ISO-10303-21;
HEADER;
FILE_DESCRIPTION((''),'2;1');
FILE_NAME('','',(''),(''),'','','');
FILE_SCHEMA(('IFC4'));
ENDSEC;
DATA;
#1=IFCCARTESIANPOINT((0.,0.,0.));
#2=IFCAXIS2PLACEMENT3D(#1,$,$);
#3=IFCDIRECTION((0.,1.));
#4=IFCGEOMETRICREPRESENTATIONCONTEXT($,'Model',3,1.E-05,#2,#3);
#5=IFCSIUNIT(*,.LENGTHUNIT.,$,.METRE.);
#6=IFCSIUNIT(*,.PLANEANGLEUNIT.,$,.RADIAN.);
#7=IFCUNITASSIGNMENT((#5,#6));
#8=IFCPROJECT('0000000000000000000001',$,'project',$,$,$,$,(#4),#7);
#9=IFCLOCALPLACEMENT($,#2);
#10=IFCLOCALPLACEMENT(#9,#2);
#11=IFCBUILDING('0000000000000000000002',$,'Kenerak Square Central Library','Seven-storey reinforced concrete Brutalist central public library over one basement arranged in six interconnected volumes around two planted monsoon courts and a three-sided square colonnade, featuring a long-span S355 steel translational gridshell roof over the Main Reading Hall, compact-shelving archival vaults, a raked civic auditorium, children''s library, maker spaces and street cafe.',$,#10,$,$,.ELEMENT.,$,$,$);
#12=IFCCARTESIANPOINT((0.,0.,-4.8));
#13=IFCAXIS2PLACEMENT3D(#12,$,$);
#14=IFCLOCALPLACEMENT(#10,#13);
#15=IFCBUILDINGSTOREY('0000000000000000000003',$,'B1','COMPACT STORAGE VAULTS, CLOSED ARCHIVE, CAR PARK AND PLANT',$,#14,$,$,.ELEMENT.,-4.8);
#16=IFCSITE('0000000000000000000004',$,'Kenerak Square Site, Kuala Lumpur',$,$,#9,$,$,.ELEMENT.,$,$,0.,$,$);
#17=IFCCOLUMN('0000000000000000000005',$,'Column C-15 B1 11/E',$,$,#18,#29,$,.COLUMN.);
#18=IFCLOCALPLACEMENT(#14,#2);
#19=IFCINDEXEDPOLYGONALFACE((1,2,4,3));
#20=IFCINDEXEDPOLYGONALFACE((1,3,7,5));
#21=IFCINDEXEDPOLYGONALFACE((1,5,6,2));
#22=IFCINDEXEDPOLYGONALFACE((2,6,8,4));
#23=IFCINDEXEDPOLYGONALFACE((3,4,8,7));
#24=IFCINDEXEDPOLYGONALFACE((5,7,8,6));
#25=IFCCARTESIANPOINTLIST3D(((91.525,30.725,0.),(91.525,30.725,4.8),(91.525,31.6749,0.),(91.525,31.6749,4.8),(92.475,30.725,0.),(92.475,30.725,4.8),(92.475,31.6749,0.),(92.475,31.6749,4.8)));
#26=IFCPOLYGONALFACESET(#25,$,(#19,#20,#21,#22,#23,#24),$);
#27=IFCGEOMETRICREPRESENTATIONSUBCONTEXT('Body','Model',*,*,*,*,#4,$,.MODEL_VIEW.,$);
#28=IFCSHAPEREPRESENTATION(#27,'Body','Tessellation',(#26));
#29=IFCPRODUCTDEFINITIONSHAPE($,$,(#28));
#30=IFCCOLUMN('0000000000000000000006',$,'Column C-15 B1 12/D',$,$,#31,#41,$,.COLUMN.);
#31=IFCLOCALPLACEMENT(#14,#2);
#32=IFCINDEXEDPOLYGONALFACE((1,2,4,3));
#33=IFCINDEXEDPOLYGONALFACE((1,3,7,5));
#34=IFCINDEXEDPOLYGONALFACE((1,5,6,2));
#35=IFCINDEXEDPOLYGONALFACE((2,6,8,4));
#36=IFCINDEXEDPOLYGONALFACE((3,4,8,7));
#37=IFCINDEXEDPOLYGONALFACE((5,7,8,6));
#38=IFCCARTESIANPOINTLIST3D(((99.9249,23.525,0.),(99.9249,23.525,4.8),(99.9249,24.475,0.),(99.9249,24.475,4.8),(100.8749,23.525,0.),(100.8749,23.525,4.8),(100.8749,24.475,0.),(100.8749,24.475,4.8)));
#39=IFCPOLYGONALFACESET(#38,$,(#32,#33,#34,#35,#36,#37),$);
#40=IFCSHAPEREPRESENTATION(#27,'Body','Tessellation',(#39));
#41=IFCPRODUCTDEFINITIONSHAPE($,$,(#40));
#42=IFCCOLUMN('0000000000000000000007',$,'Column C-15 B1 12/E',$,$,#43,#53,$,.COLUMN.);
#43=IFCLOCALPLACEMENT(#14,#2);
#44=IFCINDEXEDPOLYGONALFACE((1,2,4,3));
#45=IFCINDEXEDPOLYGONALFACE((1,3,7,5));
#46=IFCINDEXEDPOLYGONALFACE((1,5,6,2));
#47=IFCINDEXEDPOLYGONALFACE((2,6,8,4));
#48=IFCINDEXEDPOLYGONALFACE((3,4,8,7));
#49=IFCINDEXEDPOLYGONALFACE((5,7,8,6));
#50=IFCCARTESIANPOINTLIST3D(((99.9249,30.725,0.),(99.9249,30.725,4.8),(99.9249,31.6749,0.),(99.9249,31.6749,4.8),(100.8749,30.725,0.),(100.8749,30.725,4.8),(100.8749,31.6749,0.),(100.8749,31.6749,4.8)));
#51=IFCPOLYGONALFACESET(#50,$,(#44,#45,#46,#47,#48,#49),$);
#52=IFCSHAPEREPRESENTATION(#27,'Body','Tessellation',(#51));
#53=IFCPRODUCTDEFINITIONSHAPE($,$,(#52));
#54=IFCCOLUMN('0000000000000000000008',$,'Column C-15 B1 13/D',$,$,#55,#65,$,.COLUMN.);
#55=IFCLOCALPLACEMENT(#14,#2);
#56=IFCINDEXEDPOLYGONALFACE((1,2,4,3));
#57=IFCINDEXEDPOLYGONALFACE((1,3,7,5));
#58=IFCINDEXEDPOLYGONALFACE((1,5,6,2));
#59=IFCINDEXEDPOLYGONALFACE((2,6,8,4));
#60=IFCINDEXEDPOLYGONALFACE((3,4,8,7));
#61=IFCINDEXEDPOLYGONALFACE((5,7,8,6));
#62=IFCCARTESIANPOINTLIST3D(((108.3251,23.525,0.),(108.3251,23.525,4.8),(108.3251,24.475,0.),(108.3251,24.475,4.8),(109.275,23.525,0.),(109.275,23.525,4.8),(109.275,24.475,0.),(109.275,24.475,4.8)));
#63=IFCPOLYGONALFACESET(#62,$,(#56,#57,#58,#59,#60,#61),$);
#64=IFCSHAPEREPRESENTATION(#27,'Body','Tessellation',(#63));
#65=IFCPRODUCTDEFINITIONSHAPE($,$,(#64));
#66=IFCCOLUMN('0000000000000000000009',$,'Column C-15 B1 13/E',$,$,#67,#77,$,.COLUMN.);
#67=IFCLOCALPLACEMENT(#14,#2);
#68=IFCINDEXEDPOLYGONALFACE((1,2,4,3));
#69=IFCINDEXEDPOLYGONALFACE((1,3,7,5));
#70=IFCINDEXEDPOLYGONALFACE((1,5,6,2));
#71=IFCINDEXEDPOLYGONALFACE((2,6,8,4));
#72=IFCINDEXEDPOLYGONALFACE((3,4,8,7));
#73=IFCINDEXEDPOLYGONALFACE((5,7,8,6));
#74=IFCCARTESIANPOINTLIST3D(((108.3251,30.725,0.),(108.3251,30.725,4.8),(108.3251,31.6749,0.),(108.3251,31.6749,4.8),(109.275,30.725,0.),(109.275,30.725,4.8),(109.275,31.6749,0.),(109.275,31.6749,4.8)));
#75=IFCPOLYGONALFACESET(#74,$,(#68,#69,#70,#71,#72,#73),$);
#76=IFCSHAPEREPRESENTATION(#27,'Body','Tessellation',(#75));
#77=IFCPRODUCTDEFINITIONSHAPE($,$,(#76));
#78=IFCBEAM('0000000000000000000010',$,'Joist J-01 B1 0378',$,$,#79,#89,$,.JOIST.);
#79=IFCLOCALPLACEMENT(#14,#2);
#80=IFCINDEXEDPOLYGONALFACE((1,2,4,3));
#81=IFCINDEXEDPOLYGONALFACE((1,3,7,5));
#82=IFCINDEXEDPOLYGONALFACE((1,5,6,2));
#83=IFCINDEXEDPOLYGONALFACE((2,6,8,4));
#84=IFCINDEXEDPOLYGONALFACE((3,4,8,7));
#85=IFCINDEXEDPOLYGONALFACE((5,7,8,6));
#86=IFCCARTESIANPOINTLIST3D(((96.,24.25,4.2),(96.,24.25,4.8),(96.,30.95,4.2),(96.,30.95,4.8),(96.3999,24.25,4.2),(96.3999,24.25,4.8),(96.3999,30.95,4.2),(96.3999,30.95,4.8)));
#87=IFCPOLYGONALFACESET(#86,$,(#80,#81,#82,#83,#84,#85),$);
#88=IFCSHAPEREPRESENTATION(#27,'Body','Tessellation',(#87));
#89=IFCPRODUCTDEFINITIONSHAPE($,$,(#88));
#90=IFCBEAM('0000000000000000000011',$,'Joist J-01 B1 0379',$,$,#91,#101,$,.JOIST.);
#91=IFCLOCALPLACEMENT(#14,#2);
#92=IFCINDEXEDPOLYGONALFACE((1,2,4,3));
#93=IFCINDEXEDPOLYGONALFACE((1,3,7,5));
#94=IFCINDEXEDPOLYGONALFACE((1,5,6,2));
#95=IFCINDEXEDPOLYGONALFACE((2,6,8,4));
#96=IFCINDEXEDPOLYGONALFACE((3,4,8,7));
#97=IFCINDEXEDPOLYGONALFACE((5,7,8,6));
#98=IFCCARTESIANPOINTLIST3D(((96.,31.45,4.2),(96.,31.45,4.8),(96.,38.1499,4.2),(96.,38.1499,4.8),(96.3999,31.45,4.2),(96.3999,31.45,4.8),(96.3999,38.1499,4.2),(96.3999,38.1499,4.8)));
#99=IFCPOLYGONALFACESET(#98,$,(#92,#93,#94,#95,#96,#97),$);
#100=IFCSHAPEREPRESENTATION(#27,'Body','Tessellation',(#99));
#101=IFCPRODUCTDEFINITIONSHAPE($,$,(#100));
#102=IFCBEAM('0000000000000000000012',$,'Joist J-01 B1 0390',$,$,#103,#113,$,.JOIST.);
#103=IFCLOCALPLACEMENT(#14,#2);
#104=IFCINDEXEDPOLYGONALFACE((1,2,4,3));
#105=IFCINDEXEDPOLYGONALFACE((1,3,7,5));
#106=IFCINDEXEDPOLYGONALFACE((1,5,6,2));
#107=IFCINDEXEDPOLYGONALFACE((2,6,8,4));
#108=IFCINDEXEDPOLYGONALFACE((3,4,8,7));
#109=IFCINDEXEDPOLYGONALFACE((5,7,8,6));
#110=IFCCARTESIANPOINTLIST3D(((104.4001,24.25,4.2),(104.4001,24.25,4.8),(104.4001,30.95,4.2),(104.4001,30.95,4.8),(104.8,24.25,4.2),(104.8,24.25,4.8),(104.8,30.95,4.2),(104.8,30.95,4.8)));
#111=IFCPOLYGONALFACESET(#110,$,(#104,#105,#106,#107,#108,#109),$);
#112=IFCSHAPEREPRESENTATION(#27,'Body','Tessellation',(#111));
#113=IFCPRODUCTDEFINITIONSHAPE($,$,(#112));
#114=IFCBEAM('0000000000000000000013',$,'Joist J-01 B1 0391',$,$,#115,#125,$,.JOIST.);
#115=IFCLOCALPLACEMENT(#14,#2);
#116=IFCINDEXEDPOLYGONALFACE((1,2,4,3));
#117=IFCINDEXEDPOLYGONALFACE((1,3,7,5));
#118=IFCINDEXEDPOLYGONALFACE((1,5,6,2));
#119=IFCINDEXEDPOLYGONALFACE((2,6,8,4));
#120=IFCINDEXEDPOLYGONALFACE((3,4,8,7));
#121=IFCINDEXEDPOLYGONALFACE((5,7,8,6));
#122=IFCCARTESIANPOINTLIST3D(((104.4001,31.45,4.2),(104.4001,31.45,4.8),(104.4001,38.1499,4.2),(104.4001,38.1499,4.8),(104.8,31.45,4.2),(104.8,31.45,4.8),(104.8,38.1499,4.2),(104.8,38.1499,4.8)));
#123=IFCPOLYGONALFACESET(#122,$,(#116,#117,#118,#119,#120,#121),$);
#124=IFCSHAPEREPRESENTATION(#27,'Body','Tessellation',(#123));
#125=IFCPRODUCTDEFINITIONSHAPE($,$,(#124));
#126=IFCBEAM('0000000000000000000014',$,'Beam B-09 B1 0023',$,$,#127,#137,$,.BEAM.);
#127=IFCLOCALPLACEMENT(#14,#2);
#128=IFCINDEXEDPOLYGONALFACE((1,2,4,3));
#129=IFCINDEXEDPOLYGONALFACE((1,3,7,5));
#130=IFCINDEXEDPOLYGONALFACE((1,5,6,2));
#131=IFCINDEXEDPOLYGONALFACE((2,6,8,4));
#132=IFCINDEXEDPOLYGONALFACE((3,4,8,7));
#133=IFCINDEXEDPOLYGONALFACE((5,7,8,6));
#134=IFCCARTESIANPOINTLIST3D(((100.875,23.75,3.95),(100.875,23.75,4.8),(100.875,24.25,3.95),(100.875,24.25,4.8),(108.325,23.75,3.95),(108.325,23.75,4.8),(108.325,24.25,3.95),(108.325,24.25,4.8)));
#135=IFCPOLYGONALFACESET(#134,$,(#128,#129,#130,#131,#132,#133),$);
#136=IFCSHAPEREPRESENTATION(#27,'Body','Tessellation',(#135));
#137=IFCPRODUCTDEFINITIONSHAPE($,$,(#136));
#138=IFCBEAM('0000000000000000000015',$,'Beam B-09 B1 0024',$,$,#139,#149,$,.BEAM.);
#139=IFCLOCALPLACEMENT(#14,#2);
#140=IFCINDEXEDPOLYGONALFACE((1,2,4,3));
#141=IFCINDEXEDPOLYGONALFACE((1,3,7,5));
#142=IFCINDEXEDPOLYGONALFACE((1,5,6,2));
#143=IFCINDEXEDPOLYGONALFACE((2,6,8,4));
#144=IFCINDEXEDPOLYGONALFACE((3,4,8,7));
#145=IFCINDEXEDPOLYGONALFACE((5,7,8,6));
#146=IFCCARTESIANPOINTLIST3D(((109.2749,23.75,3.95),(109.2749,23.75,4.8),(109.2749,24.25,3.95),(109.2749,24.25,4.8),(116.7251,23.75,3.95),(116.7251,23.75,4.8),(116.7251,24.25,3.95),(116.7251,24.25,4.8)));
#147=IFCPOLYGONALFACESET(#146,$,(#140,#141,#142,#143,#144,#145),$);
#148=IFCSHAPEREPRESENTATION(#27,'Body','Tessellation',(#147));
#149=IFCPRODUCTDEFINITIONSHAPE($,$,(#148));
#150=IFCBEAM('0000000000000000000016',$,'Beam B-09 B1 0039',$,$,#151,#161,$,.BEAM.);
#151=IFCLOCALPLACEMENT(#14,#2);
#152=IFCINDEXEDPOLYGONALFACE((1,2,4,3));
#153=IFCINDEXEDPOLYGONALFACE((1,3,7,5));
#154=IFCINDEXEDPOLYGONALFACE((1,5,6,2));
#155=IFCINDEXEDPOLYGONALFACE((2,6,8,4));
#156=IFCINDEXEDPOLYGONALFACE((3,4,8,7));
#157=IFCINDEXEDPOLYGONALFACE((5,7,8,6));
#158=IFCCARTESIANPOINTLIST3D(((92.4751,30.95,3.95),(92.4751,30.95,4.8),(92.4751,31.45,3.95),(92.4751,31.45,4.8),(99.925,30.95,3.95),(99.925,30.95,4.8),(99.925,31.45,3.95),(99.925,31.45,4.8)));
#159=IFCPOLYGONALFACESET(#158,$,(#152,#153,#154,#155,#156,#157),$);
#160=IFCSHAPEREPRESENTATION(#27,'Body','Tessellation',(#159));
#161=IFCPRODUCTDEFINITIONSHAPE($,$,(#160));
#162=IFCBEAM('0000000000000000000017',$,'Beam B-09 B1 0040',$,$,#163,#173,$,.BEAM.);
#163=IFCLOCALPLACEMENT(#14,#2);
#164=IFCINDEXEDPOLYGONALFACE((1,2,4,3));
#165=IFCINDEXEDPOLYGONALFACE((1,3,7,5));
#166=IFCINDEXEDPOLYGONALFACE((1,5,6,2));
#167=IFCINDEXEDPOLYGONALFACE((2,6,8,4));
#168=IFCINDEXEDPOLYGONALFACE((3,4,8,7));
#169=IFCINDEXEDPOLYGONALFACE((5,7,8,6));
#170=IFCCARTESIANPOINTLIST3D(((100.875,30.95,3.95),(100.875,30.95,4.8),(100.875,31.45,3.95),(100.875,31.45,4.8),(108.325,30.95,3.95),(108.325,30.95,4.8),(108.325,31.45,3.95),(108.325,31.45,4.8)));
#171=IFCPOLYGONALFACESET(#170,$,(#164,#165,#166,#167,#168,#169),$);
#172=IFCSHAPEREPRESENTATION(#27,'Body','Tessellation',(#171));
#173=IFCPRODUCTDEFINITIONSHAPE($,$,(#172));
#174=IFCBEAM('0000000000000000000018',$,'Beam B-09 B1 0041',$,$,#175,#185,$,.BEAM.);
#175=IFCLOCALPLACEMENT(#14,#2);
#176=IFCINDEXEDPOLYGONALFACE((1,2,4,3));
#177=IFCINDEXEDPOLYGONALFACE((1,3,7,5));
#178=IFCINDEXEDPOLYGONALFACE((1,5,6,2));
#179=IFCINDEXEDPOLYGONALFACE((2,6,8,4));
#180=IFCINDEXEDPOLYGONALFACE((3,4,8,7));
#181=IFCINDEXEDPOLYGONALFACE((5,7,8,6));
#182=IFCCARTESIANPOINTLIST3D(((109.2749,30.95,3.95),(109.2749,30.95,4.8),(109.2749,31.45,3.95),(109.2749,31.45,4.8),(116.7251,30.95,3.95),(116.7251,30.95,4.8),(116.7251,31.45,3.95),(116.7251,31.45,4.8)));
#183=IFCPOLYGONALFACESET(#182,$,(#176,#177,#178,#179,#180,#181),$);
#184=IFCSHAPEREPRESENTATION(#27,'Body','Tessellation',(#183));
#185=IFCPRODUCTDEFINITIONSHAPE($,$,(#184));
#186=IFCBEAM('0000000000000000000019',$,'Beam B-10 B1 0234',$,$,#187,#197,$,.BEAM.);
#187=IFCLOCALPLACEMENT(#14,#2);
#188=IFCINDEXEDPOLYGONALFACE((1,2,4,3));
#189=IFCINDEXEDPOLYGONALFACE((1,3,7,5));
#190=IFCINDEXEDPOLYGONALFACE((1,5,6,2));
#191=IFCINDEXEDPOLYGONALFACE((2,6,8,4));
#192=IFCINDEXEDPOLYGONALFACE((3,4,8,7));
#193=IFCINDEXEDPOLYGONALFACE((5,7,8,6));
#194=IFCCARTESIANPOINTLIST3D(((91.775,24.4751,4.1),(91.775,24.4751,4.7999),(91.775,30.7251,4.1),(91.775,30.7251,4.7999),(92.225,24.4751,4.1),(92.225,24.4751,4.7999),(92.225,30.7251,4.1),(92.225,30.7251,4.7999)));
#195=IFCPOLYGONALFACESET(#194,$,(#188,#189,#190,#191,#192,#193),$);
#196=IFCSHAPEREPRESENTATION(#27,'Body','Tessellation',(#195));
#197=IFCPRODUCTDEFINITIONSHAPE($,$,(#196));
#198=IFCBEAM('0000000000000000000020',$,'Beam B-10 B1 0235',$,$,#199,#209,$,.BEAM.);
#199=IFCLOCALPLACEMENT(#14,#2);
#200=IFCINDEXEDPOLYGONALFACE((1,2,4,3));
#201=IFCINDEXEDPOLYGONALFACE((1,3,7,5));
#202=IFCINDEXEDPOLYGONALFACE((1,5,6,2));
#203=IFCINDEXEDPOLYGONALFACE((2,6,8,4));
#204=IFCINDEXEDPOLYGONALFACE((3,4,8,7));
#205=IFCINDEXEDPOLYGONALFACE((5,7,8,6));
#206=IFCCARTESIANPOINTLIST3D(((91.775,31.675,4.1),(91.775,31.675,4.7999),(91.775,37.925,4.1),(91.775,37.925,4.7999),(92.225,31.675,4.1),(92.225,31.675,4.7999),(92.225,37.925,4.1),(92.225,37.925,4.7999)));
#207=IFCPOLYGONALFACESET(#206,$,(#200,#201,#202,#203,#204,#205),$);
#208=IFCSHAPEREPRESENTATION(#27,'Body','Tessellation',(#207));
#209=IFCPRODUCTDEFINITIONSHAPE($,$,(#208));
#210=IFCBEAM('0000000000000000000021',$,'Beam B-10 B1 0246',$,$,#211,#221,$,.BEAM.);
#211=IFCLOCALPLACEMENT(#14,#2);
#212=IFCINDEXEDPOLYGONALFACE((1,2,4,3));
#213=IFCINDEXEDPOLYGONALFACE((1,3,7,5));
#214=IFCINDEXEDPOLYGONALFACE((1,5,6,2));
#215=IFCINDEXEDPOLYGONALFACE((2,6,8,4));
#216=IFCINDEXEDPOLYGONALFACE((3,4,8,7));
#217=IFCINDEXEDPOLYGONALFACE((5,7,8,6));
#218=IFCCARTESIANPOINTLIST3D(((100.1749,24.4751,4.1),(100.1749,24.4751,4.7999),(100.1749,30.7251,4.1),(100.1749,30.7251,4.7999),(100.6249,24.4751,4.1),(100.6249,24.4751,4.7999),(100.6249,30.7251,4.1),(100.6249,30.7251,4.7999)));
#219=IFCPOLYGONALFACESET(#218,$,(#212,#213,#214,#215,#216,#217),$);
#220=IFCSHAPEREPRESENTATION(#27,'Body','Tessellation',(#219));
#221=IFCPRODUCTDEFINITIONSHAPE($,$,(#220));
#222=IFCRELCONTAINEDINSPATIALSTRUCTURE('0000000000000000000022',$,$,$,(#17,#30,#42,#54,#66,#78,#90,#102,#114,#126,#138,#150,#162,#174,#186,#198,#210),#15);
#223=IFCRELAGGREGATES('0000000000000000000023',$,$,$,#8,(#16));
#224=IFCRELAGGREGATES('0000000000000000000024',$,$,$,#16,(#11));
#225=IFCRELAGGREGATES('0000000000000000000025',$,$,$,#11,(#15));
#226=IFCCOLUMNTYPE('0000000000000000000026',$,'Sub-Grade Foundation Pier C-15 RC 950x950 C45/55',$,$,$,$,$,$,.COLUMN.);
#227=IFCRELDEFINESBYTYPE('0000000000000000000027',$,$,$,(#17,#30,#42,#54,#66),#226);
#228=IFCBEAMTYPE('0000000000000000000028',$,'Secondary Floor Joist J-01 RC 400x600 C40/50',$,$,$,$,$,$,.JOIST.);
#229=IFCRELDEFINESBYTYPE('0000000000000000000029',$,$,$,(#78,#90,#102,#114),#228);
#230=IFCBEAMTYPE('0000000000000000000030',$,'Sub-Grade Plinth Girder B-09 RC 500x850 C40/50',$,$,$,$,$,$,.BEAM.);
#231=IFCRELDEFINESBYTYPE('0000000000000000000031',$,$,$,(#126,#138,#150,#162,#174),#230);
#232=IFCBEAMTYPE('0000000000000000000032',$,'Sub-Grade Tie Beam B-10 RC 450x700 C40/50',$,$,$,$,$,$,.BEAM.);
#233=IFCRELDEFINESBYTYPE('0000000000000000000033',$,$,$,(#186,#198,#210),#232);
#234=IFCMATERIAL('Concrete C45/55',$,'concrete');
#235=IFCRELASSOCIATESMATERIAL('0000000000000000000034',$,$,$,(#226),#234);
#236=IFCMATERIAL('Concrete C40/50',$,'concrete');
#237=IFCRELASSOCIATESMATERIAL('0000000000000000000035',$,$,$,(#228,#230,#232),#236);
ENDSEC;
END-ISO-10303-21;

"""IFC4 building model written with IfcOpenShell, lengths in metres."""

from ifc_helpers import new_model, si_unit, direction, frame, origin, origin_2d, place, context, subcontext, project, spatial, rectangle, extrude, material, material_profile, profile_set, type_object, element, save


model = new_model("IFC4")

# Units and contexts
model_context = context("Model", 3, precision=1e-05, world=origin(), true_north=direction((0.0, 1.0)))
body_context = subcontext(model_context, "Body", "Model", "MODEL_VIEW")
ifc_project = project(units=[si_unit("LENGTHUNIT", "METRE"), si_unit("PLANEANGLEUNIT", "RADIAN")], contexts=[model_context])

# Site, building, storey
site_placement = place(None, origin())
site = spatial("IfcSite", under=ifc_project, at=site_placement, Name="Kenerak Square Site, Kuala Lumpur", CompositionType="ELEMENT", RefElevation=0.0)
building_placement = place(site_placement, origin())
building = spatial("IfcBuilding", under=site, at=building_placement, Name="Kenerak Square Central Library", Description="Seven-storey reinforced concrete Brutalist central public library over one basement arranged in six interconnected volumes around two planted monsoon courts and a three-sided square colonnade, featuring a long-span S355 steel translational gridshell roof over the Main Reading Hall, compact-shelving archival vaults, a raked civic auditorium, children's library, maker spaces and street cafe.", CompositionType="ELEMENT")
storey_placement = place(building_placement, frame((0.0, 0.0, -4.8)))
storey = spatial("IfcBuildingStorey", under=building, at=storey_placement, Name="B1", Description="COMPACT STORAGE VAULTS, CLOSED ARCHIVE, CAR PARK AND PLANT", CompositionType="ELEMENT", Elevation=-4.8)

# Shared definitions
ifc_material_1 = material(Name="Concrete C40/50", Category="concrete")

# Columns
ifc_material_2 = material(Name="Concrete C45/55", Category="concrete")
ifc_material_profile_1 = material_profile(ifc_material_2, rectangle(XDim=0.95, YDim=0.95, at=origin_2d()), Name="RC 950x950")
ifc_profile_set_1 = profile_set([ifc_material_profile_1], Name="Concrete C45/55")
column_type = type_object("IfcColumnType", Name="Sub-Grade Foundation Pier C-15 RC 950x950 C45/55", PredefinedType="COLUMN", material=ifc_profile_set_1)
for number, where, z_axis, x_axis, name in (
    (1, (92.0, 31.2, 0.0), (0.0, 0.0, 1.0), (1.0, 0.0, 0.0), "Column C-15 B1 11/E"),
    (2, (100.3999, 24.0, 0.0), (0.0, 0.0, 1.0), (1.0, 0.0, 0.0), "Column C-15 B1 12/D"),
    (3, (100.3999, 31.2, 0.0), (0.0, 0.0, 1.0), (1.0, 0.0, 0.0), "Column C-15 B1 12/E"),
    (4, (108.8, 24.0, 0.0), (0.0, 0.0, 1.0), (1.0, 0.0, 0.0), "Column C-15 B1 13/D"),
    (5, (108.8, 31.2, 0.0), (0.0, 0.0, 1.0), (1.0, 0.0, 0.0), "Column C-15 B1 13/E"),
):
    element("IfcColumn", number, at=place(storey_placement, frame(where, z_axis=z_axis, x_axis=x_axis)), inside=storey, type_object=column_type, Name=name, PredefinedType="COLUMN", context=body_context, shape_type="SweptSolid", body=[
        extrude(rectangle(XDim=0.95, YDim=0.95, at=origin_2d()), origin(), (0.0, 0.0, 1.0), 4.8),
    ])

# Beams
ifc_material_profile_2 = material_profile(ifc_material_1, rectangle(XDim=0.3999, YDim=0.6001, at=origin_2d()), Name="RC 400x600")
ifc_profile_set_2 = profile_set([ifc_material_profile_2], Name="Concrete C40/50")
beam_type_1 = type_object("IfcBeamType", Name="Secondary Floor Joist J-01 RC 400x600 C40/50", PredefinedType="JOIST", material=ifc_profile_set_2)
for number, where, z_axis, x_axis, name in (
    (6, (96.2, 24.25, 4.5), (0.0, 1.0, 0.0), (-1.0, 0.0, 0.0), "Joist J-01 B1 0378"),
    (7, (96.2, 31.45, 4.5), (0.0, 1.0, 0.0), (-1.0, 0.0, 0.0), "Joist J-01 B1 0379"),
    (8, (104.6001, 24.25, 4.5), (0.0, 1.0, 0.0), (-1.0, 0.0, 0.0), "Joist J-01 B1 0390"),
    (9, (104.6001, 31.45, 4.5), (0.0, 1.0, 0.0), (-1.0, 0.0, 0.0), "Joist J-01 B1 0391"),
):
    element("IfcBeam", number, at=place(storey_placement, frame(where, z_axis=z_axis, x_axis=x_axis)), inside=storey, type_object=beam_type_1, Name=name, PredefinedType="JOIST", context=body_context, shape_type="SweptSolid", body=[
        extrude(rectangle(XDim=0.3999, YDim=0.6001, at=origin_2d()), origin(), (0.0, 0.0, 1.0), 6.7),
    ])
ifc_material_profile_3 = material_profile(ifc_material_1, rectangle(XDim=0.5, YDim=0.8501, at=origin_2d()), Name="RC 500x850")
ifc_profile_set_3 = profile_set([ifc_material_profile_3], Name="Concrete C40/50")
beam_type_2 = type_object("IfcBeamType", Name="Sub-Grade Plinth Girder B-09 RC 500x850 C40/50", PredefinedType="BEAM", material=ifc_profile_set_3)
beam_1_placement = place(storey_placement, frame((100.875, 24.0, 4.375), z_axis=(1.0, 0.0, 0.0), x_axis=(0.0, 1.0, 0.0)))
element("IfcBeam", 10, at=beam_1_placement, inside=storey, type_object=beam_type_2, Name="Beam B-09 B1 0023", PredefinedType="BEAM", context=body_context, shape_type="SweptSolid", body=[
    extrude(rectangle(XDim=0.5, YDim=0.8501, at=origin_2d()), origin(), (0.0, 0.0, 1.0), 7.45),
])
beam_2_placement = place(storey_placement, frame((109.2749, 24.0, 4.375), z_axis=(1.0, 0.0, 0.0), x_axis=(0.0, 1.0, 0.0)))
element("IfcBeam", 11, at=beam_2_placement, inside=storey, type_object=beam_type_2, Name="Beam B-09 B1 0024", PredefinedType="BEAM", context=body_context, shape_type="SweptSolid", body=[
    extrude(rectangle(XDim=0.5, YDim=0.8501, at=origin_2d()), origin(), (0.0, 0.0, 1.0), 7.4502),
])
for number, where, z_axis, x_axis, name in (
    (12, (92.4751, 31.2, 4.375), (1.0, 0.0, 0.0), (0.0, 1.0, 0.0), "Beam B-09 B1 0039"),
    (13, (100.875, 31.2, 4.375), (1.0, 0.0, 0.0), (0.0, 1.0, 0.0), "Beam B-09 B1 0040"),
):
    element("IfcBeam", number, at=place(storey_placement, frame(where, z_axis=z_axis, x_axis=x_axis)), inside=storey, type_object=beam_type_2, Name=name, PredefinedType="BEAM", context=body_context, shape_type="SweptSolid", body=[
        extrude(rectangle(XDim=0.5, YDim=0.8501, at=origin_2d()), origin(), (0.0, 0.0, 1.0), 7.45),
    ])
beam_3_placement = place(storey_placement, frame((109.2749, 31.2, 4.375), z_axis=(1.0, 0.0, 0.0), x_axis=(0.0, 1.0, 0.0)))
element("IfcBeam", 14, at=beam_3_placement, inside=storey, type_object=beam_type_2, Name="Beam B-09 B1 0041", PredefinedType="BEAM", context=body_context, shape_type="SweptSolid", body=[
    extrude(rectangle(XDim=0.5, YDim=0.8501, at=origin_2d()), origin(), (0.0, 0.0, 1.0), 7.4502),
])
ifc_material_profile_4 = material_profile(ifc_material_1, rectangle(XDim=0.45, YDim=0.7, at=origin_2d()), Name="RC 450x700")
ifc_profile_set_4 = profile_set([ifc_material_profile_4], Name="Concrete C40/50")
beam_type_3 = type_object("IfcBeamType", Name="Sub-Grade Tie Beam B-10 RC 450x700 C40/50", PredefinedType="BEAM", material=ifc_profile_set_4)
for number, where, z_axis, x_axis, name in (
    (15, (92.0, 24.4751, 4.45), (0.0, 1.0, 0.0), (-1.0, 0.0, 0.0), "Beam B-10 B1 0234"),
    (16, (92.0, 31.675, 4.45), (0.0, 1.0, 0.0), (-1.0, 0.0, 0.0), "Beam B-10 B1 0235"),
    (17, (100.3999, 24.4751, 4.45), (0.0, 1.0, 0.0), (-1.0, 0.0, 0.0), "Beam B-10 B1 0246"),
):
    element("IfcBeam", number, at=place(storey_placement, frame(where, z_axis=z_axis, x_axis=x_axis)), inside=storey, type_object=beam_type_3, Name=name, PredefinedType="BEAM", context=body_context, shape_type="SweptSolid", body=[
        extrude(rectangle(XDim=0.45, YDim=0.7, at=origin_2d()), origin(), (0.0, 0.0, 1.0), 6.25),
    ])

save(model, "model.ifc")
